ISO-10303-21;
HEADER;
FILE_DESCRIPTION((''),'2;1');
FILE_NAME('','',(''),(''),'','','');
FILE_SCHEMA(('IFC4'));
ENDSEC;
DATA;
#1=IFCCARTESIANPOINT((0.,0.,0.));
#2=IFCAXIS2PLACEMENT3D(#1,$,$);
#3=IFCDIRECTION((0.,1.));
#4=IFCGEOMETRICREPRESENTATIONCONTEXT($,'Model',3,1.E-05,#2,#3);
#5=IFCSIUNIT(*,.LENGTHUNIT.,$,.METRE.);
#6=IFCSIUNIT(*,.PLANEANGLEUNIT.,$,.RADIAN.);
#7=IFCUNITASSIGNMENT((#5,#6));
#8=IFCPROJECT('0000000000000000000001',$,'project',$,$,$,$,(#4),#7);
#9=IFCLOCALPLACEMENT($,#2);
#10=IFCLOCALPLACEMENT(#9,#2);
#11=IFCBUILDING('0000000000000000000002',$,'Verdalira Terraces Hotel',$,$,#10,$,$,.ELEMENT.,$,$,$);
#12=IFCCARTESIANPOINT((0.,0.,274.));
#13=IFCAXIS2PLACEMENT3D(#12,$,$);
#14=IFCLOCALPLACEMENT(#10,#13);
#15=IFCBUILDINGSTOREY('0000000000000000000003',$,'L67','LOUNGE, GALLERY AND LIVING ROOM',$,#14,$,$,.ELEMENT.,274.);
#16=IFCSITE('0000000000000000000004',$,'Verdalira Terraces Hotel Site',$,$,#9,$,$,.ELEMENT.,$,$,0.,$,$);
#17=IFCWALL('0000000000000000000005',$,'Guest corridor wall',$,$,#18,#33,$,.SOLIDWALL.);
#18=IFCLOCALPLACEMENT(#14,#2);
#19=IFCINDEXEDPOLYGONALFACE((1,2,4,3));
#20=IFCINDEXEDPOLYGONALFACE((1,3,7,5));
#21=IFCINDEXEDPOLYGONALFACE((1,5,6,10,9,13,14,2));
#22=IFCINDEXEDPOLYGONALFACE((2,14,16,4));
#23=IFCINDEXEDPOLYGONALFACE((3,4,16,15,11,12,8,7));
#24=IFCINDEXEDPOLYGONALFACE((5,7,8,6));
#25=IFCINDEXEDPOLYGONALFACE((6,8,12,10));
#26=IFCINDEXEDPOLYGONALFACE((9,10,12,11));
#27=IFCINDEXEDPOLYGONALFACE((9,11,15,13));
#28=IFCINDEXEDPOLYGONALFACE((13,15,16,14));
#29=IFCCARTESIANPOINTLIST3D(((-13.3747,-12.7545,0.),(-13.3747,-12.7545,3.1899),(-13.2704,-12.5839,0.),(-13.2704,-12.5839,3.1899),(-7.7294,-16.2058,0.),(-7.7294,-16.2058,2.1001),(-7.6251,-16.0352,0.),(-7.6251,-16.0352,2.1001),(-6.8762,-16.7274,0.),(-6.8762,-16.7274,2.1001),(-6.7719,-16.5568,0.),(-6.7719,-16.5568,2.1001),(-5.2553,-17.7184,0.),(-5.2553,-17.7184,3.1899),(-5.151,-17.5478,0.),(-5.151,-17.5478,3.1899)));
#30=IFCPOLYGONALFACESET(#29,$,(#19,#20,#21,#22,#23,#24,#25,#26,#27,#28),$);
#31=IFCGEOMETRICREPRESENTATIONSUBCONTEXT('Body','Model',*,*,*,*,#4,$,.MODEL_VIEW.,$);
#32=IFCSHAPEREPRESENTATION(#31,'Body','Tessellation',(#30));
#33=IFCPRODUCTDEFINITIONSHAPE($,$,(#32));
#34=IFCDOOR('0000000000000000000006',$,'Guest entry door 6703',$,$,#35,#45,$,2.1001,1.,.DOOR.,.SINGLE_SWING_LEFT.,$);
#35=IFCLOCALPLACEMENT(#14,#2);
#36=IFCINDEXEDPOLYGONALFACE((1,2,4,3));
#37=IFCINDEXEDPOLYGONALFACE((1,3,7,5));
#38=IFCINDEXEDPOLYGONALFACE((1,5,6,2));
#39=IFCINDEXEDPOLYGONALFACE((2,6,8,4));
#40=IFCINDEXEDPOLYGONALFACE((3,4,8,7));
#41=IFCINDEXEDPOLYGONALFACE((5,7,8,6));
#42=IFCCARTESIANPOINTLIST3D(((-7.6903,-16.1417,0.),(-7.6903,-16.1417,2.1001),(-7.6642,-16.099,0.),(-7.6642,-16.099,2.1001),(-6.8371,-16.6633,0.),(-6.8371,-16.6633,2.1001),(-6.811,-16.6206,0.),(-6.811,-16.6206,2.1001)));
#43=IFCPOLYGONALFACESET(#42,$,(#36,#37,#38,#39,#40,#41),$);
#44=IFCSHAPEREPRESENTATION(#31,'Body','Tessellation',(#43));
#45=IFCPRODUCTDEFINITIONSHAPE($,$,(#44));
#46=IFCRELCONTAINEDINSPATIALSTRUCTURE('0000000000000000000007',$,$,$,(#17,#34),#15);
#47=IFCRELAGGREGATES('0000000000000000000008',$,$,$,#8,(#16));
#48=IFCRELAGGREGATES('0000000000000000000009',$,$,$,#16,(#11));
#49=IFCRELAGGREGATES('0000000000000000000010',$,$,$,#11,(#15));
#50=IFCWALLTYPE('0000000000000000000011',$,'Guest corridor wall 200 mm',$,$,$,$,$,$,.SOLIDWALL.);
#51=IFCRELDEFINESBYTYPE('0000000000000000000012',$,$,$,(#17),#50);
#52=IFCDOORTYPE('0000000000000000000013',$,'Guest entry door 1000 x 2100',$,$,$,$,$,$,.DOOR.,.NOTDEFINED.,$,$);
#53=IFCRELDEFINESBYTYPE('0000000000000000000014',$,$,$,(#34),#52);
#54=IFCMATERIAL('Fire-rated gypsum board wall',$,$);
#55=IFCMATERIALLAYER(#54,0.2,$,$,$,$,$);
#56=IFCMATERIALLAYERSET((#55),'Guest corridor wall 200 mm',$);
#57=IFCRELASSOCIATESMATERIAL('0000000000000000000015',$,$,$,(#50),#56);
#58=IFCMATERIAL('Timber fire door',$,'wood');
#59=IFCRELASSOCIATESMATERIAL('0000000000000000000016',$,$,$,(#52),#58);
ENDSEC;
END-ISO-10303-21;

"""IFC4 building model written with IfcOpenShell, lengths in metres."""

from ifc_helpers import new_model, si_unit, direction, frame, frame_2d, origin, place, context, subcontext, project, spatial, rectangle, extrude, material, layer, layer_set, type_object, element, fill, save


model = new_model("IFC4")

# Units and contexts
model_context = context("Model", 3, precision=1e-05, world=origin(), true_north=direction((0.0, 1.0)))
body_context = subcontext(model_context, "Body", "Model", "MODEL_VIEW")
ifc_project = project(units=[si_unit("LENGTHUNIT", "METRE"), si_unit("PLANEANGLEUNIT", "RADIAN")], contexts=[model_context])

# Site, building, storey
site_placement = place(None, origin())
site = spatial("IfcSite", under=ifc_project, at=site_placement, Name="Verdalira Terraces Hotel Site", CompositionType="ELEMENT", RefElevation=0.0)
building_placement = place(site_placement, origin())
building = spatial("IfcBuilding", under=site, at=building_placement, Name="Verdalira Terraces Hotel", CompositionType="ELEMENT")
storey_placement = place(building_placement, frame((0.0, 0.0, 274.0)))
storey = spatial("IfcBuildingStorey", under=building, at=storey_placement, Name="L67", Description="LOUNGE, GALLERY AND LIVING ROOM", CompositionType="ELEMENT", Elevation=274.0)

# Wall, opening, door
ifc_material_1 = material(Name="Fire-rated gypsum board wall")
ifc_layer_1 = layer(ifc_material_1, 0.2)
ifc_layer_set_1 = layer_set([ifc_layer_1], Name="Guest corridor wall 200 mm")
wall_type_1 = type_object("IfcWallType", Name="Guest corridor wall 200 mm", PredefinedType="SOLIDWALL", material=ifc_layer_set_1)
wall_1_placement = place(storey_placement, frame((-5.2031, -17.6331, 0.0), z_axis=(0.0, 0.0, 1.0), x_axis=(-0.853187, 0.521605, 0.0)))
wall_1 = element("IfcWall", 1, at=wall_1_placement, inside=storey, type_object=wall_type_1, Name="Guest corridor wall", PredefinedType="SOLIDWALL", context=body_context, shape_type="SweptSolid", body=[
    extrude(rectangle(XDim=9.5166, YDim=0.2, at=frame_2d((4.7583, 0.0))), origin(), (0.0, 0.0, 1.0), 3.1899),
])
opening_1_placement = place(wall_1_placement, frame((1.8999, 0.0, 0.0)))
opening_1 = element("IfcOpeningElement", 2, at=opening_1_placement, cuts=wall_1, PredefinedType="OPENING", context=body_context, shape_type="SweptSolid", body=[
    extrude(rectangle(XDim=1.0, YDim=2.1001, at=frame_2d((0.5, 1.05))), frame((0.0, 0.1099, 0.0), z_axis=(0.0, -1.0, 0.0), x_axis=(1.0, 0.0, 0.0)), (0.0, 0.0, 1.0), 0.22),
])
ifc_material_2 = material(Name="Timber fire door", Category="wood")
door_type_1 = type_object("IfcDoorType", Name="Guest entry door 1000 x 2100", OperationType="NOTDEFINED", PredefinedType="DOOR", material=ifc_material_2)
door_1_placement = place(opening_1_placement, origin())
door_1 = element("IfcDoor", 3, at=door_1_placement, inside=storey, type_object=door_type_1, Name="Guest entry door 6703", OperationType="SINGLE_SWING_LEFT", OverallHeight=2.1001, OverallWidth=1.0, PredefinedType="DOOR", context=body_context, shape_type="SweptSolid", body=[
    extrude(rectangle(XDim=1.0, YDim=2.1001, at=frame_2d((0.5, 1.05))), frame((0.0, 0.0249, 0.0), z_axis=(0.0, -1.0, 0.0), x_axis=(1.0, 0.0, 0.0)), (0.0, 0.0, 1.0), 0.05),
])
fill(opening_1, door_1)

save(model, "model.ifc")
